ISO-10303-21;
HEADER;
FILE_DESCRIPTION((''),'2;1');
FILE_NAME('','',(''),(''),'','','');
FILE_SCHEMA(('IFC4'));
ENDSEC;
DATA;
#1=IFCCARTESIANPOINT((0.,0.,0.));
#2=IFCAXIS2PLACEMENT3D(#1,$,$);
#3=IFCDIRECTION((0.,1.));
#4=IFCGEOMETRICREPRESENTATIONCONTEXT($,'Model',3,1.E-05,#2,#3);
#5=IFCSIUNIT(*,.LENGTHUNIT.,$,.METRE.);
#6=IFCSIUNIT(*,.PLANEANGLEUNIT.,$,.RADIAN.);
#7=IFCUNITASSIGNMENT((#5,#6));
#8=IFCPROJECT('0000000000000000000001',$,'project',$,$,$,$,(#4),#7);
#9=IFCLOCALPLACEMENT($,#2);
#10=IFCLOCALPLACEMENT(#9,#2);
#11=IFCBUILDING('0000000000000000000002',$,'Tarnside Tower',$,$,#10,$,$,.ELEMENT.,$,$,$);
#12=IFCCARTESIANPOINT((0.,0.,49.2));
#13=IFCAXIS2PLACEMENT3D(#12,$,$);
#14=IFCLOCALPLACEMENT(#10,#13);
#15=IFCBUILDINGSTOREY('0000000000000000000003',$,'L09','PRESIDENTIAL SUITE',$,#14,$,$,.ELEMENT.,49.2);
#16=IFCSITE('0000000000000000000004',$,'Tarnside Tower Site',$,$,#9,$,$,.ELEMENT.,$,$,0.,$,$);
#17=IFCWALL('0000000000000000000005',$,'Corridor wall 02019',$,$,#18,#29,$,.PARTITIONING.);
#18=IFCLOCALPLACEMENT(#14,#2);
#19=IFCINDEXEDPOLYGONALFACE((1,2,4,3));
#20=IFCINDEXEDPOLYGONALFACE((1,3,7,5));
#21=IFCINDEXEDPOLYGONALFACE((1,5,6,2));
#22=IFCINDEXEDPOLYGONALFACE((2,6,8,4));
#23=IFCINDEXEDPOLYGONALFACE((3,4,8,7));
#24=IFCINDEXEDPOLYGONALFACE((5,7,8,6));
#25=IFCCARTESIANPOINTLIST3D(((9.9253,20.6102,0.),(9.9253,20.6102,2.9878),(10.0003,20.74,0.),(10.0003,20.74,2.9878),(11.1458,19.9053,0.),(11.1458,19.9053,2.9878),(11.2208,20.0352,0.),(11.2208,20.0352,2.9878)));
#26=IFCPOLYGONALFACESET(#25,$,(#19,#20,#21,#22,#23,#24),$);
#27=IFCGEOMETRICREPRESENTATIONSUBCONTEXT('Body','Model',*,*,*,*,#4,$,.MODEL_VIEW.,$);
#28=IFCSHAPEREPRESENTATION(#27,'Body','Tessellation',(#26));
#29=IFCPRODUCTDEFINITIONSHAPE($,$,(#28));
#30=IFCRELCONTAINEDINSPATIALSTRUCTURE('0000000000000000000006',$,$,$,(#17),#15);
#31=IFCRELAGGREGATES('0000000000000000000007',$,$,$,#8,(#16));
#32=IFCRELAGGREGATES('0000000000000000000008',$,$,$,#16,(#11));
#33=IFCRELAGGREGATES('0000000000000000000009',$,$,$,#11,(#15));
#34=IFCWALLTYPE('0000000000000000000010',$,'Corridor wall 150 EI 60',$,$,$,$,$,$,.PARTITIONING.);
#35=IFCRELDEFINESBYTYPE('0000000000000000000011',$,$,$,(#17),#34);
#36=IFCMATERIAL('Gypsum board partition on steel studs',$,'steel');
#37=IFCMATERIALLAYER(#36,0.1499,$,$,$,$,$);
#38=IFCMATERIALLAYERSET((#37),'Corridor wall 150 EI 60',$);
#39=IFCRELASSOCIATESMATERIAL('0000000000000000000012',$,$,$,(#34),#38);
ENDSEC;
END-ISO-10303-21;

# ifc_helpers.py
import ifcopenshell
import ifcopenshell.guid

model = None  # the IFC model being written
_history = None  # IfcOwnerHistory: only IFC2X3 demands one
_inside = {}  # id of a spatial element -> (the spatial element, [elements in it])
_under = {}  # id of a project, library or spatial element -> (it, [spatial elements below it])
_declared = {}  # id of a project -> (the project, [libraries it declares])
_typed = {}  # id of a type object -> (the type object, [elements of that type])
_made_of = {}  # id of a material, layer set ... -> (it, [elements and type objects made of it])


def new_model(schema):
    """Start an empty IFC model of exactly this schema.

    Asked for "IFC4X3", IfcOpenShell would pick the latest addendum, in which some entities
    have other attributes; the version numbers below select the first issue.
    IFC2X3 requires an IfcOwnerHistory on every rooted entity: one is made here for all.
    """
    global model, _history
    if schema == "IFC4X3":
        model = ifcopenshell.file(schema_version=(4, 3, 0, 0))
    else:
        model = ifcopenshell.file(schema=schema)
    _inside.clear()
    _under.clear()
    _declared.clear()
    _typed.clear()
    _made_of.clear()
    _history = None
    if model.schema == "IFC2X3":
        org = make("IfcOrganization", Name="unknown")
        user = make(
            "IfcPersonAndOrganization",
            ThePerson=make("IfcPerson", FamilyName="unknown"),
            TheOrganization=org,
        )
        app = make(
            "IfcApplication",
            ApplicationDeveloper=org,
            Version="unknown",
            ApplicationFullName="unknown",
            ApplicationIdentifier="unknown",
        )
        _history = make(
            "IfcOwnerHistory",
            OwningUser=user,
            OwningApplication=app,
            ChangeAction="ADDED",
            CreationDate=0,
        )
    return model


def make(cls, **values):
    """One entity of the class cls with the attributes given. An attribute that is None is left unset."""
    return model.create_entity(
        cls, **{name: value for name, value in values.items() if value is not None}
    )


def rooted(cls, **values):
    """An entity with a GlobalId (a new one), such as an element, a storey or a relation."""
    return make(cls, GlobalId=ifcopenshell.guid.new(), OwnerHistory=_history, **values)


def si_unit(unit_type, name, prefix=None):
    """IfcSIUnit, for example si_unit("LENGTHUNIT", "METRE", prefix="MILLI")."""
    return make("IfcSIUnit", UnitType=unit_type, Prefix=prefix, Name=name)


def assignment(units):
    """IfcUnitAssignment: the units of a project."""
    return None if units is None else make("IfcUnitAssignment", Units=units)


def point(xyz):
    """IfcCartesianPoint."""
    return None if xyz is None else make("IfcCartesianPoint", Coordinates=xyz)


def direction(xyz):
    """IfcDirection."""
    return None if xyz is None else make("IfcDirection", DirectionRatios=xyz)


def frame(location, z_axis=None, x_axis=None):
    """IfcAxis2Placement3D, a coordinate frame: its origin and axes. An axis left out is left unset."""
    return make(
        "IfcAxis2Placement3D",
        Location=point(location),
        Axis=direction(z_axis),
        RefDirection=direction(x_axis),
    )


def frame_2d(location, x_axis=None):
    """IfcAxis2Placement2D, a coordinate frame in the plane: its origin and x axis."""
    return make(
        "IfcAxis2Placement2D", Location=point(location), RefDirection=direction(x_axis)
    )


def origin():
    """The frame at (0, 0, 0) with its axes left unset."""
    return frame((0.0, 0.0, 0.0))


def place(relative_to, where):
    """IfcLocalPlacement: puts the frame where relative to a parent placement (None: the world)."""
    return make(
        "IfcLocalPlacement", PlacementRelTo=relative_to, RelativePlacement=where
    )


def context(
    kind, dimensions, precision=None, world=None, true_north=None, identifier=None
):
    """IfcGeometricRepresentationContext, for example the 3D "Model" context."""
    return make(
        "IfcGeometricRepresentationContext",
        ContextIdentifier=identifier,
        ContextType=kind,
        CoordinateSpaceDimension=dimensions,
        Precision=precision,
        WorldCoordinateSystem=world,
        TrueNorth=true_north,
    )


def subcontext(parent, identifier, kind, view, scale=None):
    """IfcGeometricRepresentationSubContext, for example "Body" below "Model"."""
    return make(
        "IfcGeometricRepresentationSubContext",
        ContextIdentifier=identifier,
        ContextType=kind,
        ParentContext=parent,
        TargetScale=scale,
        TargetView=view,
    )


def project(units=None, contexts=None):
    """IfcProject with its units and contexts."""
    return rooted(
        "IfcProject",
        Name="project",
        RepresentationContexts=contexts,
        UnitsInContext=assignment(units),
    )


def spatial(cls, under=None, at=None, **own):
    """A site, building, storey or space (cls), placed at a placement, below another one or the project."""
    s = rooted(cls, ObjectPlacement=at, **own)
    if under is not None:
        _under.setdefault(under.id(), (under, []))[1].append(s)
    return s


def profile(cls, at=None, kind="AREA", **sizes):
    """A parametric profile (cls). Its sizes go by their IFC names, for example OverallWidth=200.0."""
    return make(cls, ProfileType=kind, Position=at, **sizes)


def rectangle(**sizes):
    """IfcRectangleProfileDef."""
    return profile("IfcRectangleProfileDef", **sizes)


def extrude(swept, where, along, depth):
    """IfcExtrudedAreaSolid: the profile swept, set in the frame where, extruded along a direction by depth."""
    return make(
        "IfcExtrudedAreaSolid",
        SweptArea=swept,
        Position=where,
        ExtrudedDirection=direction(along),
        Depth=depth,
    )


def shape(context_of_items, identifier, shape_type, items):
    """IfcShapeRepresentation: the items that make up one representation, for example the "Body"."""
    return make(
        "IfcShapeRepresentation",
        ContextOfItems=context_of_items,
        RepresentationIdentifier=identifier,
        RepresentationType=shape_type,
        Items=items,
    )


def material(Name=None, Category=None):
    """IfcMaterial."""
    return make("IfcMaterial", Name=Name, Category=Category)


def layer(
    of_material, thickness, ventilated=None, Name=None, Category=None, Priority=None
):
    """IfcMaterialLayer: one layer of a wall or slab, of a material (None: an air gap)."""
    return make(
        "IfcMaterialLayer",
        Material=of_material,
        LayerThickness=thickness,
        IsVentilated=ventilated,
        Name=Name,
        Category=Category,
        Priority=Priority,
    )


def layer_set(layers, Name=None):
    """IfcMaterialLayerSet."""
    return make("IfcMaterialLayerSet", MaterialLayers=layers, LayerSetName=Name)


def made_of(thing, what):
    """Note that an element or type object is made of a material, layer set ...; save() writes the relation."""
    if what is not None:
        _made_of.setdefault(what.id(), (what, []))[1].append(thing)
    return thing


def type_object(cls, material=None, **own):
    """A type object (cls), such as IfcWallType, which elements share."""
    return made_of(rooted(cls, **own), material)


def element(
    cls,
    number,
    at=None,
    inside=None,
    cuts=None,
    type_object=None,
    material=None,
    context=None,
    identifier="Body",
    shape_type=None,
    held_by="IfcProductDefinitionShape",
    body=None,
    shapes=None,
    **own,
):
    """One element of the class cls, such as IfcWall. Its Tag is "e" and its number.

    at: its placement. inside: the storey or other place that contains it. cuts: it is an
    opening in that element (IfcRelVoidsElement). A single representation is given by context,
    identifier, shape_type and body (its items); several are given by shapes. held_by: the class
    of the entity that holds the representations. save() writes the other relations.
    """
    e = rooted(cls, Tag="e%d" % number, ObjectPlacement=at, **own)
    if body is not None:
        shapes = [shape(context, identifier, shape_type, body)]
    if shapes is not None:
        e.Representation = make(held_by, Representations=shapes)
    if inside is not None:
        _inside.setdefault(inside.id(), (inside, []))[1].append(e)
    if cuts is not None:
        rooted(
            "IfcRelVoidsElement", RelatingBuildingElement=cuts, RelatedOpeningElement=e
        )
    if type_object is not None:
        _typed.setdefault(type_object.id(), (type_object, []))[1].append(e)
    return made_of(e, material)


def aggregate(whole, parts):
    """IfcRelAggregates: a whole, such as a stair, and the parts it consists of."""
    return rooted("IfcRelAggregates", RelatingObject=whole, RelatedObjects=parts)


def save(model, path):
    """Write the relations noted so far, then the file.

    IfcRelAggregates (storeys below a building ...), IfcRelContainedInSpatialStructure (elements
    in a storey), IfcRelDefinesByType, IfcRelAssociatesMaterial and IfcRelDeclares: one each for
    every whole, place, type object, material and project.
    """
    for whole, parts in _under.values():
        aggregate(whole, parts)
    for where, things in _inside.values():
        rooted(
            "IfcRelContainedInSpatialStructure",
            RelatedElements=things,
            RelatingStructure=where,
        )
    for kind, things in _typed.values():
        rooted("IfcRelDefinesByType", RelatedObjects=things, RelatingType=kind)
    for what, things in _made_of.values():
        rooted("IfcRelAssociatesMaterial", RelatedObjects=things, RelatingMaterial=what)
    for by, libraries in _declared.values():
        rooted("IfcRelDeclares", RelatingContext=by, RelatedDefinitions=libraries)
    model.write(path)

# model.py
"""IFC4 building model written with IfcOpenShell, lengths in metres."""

from ifc_helpers import new_model, si_unit, direction, frame, frame_2d, origin, place, context, subcontext, project, spatial, rectangle, extrude, material, layer, layer_set, type_object, element, save


model = new_model("IFC4")

# Units and contexts
model_context = context("Model", 3, precision=1e-05, world=origin(), true_north=direction((0.0, 1.0)))
body_context = subcontext(model_context, "Body", "Model", "MODEL_VIEW")
ifc_project = project(units=[si_unit("LENGTHUNIT", "METRE"), si_unit("PLANEANGLEUNIT", "RADIAN")], contexts=[model_context])

# Site, building, storey
site_placement = place(None, origin())
site = spatial("IfcSite", under=ifc_project, at=site_placement, Name="Tarnside Tower Site", CompositionType="ELEMENT", RefElevation=0.0)
building_placement = place(site_placement, origin())
building = spatial("IfcBuilding", under=site, at=building_placement, Name="Tarnside Tower", CompositionType="ELEMENT")
storey_placement = place(building_placement, frame((0.0, 0.0, 49.2)))
storey = spatial("IfcBuildingStorey", under=building, at=storey_placement, Name="L09", Description="PRESIDENTIAL SUITE", CompositionType="ELEMENT", Elevation=49.2)

# Shared definitions
ifc_material_1 = material(Name="Gypsum board partition on steel studs", Category="steel")
ifc_layer_1 = layer(ifc_material_1, 0.1499)
ifc_layer_set_1 = layer_set([ifc_layer_1], Name="Corridor wall 150 EI 60")
wall_type_1 = type_object("IfcWallType", Name="Corridor wall 150 EI 60", PredefinedType="PARTITIONING", material=ifc_layer_set_1)

# Wall
wall_1_placement = place(storey_placement, frame((9.9629, 20.675, 0.0), z_axis=(0.0, 0.0, 1.0), x_axis=(0.865963, -0.500107, 0.0)))
element("IfcWall", 1, at=wall_1_placement, inside=storey, type_object=wall_type_1, Name="Corridor wall 02019", PredefinedType="PARTITIONING", context=body_context, shape_type="SweptSolid", body=[
    extrude(rectangle(XDim=1.4094, YDim=0.1499, at=frame_2d((0.7046, 0.0))), origin(), (0.0, 0.0, 1.0), 2.9878),
])

save(model, "model.ifc")
